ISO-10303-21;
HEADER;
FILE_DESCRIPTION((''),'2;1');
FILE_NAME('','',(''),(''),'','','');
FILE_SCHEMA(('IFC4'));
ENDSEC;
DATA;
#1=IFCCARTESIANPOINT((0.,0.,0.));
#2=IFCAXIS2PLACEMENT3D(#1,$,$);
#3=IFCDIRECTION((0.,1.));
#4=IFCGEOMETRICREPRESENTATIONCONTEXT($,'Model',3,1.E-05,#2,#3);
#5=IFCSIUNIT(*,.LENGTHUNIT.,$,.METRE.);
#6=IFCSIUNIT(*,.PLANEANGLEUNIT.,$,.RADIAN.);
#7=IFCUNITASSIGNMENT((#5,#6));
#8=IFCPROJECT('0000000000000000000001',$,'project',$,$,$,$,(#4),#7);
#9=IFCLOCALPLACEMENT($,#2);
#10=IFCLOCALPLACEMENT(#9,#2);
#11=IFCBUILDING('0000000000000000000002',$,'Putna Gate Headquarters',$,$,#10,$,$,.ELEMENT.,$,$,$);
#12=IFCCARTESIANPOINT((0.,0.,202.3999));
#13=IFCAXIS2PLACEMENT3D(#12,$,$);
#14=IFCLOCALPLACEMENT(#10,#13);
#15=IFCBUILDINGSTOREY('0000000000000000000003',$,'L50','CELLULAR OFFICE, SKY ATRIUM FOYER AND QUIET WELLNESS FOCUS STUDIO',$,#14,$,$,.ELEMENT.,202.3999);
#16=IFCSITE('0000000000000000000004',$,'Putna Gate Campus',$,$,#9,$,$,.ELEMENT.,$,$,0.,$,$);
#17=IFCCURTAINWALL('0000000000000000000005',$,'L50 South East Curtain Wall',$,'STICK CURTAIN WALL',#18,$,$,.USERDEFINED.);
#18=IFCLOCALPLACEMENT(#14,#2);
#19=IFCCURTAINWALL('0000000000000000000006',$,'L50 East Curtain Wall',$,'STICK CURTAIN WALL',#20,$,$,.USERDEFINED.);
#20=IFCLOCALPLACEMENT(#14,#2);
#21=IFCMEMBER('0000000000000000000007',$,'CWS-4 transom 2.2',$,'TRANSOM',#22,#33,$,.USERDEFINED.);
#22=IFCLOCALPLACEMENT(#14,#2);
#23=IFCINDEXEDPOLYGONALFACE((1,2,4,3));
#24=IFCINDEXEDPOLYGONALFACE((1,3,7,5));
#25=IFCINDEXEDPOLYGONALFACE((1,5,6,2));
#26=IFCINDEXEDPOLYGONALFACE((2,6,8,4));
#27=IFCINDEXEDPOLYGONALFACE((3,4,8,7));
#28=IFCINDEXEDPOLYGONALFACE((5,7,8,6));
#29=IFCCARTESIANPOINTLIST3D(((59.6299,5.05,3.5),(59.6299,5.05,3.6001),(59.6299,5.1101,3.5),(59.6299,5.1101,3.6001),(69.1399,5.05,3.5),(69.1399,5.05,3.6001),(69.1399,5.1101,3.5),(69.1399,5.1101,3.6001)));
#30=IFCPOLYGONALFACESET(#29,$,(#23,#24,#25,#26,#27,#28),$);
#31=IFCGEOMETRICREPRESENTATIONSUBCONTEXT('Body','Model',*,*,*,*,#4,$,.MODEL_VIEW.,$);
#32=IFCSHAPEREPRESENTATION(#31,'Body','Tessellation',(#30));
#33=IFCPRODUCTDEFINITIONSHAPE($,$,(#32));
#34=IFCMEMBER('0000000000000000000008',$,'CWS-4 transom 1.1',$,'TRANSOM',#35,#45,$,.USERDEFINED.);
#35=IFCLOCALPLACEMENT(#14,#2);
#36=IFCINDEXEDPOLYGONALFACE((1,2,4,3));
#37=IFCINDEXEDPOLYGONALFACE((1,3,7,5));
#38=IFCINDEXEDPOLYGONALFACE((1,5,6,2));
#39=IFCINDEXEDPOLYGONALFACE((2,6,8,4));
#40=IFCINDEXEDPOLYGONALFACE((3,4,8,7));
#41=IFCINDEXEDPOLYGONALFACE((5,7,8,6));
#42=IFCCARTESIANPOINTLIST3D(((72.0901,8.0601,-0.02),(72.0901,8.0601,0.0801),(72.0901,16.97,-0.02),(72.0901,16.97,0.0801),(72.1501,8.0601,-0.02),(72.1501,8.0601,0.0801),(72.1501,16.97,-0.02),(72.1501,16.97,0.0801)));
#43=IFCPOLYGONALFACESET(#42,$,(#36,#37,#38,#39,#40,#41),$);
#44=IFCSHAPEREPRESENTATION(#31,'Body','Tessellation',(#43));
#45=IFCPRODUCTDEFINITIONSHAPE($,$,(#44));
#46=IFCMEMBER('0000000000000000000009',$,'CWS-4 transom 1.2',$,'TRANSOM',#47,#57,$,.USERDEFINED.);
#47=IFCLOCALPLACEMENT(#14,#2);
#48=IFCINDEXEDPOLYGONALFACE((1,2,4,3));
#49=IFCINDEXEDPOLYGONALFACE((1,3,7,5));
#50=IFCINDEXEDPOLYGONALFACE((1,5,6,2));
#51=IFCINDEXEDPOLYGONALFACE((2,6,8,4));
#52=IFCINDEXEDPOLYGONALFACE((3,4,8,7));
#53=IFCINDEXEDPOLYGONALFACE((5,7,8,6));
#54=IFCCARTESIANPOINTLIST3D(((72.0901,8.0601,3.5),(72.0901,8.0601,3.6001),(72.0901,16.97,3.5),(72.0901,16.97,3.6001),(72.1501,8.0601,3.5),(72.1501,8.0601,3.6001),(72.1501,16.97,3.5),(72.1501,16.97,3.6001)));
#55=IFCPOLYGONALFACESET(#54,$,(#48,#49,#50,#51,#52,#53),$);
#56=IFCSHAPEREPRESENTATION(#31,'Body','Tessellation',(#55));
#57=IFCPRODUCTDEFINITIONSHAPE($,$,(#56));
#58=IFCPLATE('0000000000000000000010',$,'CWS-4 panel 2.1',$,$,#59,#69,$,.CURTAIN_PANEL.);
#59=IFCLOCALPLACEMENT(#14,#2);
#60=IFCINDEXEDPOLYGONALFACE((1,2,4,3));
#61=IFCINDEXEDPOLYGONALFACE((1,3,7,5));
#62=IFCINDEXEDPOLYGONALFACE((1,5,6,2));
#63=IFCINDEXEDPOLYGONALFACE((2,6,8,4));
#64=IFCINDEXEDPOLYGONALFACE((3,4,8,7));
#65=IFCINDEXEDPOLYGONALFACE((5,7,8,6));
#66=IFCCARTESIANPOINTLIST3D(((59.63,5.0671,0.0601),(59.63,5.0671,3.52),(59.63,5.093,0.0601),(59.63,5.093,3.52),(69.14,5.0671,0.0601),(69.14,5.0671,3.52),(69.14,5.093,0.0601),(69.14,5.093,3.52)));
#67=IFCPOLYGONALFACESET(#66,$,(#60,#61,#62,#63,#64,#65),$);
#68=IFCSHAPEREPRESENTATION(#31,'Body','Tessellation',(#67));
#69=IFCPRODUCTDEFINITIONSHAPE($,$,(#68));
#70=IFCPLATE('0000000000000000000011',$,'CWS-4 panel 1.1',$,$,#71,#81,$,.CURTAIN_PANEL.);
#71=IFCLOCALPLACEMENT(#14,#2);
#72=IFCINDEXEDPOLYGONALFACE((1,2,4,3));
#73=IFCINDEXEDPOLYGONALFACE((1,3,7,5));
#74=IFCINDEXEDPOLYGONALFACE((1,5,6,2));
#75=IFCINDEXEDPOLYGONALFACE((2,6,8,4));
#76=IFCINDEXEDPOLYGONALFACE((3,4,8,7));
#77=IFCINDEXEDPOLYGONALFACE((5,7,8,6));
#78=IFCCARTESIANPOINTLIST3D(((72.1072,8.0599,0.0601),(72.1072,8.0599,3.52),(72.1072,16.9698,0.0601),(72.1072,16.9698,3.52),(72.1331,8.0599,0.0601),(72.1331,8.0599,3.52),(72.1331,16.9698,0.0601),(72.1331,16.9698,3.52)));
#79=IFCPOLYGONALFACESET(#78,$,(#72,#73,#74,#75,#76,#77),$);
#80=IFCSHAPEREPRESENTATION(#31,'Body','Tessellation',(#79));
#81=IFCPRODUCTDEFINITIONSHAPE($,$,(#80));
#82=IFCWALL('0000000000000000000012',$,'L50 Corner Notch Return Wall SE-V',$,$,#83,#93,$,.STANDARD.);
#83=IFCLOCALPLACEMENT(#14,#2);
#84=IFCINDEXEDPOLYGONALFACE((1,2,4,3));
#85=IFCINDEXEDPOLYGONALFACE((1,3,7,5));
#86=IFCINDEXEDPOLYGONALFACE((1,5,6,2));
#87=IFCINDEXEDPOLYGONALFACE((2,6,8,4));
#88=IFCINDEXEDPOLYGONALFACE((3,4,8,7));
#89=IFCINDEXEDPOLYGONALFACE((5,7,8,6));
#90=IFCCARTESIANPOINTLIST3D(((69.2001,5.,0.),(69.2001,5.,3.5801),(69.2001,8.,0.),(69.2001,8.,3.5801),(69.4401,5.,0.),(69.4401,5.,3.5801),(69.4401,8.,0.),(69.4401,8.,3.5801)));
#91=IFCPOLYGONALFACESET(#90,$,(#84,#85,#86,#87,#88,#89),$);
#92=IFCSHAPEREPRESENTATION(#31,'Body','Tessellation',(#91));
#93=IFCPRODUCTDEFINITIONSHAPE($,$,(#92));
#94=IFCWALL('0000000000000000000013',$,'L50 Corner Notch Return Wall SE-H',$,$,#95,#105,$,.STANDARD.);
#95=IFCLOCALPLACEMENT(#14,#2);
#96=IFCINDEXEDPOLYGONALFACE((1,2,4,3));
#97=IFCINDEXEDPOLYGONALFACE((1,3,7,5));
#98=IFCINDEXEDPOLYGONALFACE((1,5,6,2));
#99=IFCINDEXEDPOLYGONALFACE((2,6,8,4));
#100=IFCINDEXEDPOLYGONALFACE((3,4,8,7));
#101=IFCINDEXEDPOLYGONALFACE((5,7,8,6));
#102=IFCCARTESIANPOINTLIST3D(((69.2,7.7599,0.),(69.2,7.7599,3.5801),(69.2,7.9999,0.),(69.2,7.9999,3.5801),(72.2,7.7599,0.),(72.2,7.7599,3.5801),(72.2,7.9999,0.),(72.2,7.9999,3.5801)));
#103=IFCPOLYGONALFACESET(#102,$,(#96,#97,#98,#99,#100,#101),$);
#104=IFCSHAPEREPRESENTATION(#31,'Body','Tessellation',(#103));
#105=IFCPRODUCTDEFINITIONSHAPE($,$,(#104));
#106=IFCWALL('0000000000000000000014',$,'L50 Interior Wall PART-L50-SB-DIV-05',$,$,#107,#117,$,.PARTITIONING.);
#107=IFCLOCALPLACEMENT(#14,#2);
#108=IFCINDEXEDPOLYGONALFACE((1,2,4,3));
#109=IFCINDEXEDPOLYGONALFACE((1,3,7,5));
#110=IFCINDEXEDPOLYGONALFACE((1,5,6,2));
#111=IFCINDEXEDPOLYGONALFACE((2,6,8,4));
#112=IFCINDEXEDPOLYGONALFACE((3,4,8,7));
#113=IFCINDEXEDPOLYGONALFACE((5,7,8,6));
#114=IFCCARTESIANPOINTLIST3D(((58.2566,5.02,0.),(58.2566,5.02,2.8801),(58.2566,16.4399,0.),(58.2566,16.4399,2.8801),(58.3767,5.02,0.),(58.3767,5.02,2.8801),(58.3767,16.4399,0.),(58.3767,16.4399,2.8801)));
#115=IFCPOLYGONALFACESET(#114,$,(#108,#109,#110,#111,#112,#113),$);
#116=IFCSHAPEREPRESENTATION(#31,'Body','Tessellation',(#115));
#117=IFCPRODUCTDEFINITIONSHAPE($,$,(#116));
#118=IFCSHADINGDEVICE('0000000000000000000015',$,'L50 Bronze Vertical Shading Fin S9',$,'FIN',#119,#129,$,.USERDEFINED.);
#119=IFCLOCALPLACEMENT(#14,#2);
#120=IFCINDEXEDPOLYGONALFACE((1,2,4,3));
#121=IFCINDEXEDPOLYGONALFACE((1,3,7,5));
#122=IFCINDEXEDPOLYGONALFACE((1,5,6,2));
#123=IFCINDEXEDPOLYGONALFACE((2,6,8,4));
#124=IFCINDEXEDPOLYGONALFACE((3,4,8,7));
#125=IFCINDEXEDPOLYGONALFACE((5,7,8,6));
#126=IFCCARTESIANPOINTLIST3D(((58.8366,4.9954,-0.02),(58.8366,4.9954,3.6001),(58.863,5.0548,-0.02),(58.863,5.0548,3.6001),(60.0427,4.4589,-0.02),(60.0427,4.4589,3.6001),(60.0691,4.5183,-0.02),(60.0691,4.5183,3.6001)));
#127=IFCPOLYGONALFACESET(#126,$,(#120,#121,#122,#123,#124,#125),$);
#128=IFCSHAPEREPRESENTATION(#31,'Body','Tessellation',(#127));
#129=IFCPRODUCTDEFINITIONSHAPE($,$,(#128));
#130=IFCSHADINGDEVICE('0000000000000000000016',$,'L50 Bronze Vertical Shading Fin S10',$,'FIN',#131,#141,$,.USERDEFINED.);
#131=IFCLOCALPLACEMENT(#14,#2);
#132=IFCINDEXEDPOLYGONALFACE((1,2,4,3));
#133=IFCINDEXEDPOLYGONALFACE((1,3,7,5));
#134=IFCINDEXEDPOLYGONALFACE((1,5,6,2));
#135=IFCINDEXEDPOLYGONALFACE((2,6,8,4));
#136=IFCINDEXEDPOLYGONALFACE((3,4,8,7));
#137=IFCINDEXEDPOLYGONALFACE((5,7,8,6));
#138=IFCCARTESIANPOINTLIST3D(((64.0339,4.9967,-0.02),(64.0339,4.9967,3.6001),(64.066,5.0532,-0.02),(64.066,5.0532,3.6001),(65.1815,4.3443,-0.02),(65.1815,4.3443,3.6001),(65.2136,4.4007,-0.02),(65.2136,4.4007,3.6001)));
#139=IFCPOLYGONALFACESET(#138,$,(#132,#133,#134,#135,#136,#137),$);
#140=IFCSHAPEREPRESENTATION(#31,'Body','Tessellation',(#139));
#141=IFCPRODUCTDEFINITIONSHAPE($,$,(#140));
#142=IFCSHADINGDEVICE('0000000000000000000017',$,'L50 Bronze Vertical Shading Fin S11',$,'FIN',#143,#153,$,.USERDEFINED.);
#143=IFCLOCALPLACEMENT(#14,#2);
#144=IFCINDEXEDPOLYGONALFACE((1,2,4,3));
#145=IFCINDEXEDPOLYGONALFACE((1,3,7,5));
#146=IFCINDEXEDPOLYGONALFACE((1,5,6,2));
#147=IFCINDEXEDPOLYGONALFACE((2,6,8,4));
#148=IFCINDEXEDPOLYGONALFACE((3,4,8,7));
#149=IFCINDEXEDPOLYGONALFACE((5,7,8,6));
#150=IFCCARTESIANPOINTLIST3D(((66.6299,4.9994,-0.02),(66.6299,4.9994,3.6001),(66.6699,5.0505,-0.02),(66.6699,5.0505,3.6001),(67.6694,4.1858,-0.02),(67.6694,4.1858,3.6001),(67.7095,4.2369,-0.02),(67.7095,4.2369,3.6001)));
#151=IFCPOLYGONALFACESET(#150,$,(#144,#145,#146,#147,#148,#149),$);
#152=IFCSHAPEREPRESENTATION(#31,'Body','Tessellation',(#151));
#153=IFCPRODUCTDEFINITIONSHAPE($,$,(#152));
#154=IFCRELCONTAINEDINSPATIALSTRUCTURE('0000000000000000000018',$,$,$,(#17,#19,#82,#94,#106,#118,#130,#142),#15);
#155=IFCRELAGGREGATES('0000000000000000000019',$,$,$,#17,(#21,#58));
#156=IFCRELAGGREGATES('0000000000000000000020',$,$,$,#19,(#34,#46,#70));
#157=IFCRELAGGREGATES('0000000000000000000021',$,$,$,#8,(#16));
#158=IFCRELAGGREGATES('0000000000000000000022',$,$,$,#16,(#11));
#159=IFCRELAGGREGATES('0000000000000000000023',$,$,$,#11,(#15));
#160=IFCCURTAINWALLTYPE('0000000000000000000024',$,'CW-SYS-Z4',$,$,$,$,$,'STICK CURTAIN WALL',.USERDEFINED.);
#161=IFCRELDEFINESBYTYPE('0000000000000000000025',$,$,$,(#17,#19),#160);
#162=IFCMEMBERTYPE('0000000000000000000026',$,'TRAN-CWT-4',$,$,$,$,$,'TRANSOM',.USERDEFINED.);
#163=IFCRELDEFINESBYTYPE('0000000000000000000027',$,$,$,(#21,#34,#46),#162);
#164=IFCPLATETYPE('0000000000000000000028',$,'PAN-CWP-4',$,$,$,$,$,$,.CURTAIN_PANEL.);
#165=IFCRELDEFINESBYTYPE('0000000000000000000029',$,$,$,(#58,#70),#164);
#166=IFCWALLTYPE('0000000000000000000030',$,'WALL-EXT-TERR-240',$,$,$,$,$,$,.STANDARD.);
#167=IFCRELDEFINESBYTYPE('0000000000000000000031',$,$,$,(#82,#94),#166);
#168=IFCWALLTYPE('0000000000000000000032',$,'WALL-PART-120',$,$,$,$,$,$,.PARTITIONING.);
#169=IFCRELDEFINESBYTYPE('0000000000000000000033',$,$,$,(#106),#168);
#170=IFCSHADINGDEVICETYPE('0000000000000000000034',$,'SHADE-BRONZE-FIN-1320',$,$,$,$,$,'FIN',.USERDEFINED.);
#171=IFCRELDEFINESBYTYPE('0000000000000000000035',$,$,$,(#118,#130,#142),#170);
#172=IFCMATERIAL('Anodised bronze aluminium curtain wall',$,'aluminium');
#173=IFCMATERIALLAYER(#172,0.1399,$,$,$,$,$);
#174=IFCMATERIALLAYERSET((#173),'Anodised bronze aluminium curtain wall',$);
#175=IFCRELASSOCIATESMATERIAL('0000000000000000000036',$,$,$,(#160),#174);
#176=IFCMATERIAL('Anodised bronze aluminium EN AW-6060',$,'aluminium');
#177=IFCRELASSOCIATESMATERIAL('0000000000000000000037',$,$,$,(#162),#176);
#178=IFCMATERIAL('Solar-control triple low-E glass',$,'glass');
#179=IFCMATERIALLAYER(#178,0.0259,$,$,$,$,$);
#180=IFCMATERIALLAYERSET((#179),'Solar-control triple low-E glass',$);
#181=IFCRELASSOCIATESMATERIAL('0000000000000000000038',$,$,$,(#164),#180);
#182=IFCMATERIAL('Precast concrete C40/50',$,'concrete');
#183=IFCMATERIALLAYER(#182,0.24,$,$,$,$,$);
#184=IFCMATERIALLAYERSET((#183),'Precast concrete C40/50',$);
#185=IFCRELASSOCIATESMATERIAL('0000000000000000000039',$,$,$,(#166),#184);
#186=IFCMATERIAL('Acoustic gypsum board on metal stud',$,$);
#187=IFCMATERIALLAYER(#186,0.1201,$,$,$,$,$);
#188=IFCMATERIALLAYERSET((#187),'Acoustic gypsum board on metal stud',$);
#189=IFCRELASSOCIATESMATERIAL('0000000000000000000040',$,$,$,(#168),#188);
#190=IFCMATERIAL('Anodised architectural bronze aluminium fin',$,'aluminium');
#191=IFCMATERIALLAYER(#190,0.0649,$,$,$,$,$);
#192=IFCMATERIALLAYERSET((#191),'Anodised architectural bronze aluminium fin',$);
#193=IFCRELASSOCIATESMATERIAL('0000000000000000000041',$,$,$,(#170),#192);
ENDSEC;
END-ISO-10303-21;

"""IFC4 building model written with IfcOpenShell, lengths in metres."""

from ifc_helpers import new_model, si_unit, direction, frame, frame_2d, origin, origin_2d, place, context, subcontext, project, spatial, rectangle, extrude, material, layer, layer_set, material_profile, profile_set, type_object, element, aggregate, save


model = new_model("IFC4")

# Units and contexts
model_context = context("Model", 3, precision=1e-05, world=origin(), true_north=direction((0.0, 1.0)))
body_context = subcontext(model_context, "Body", "Model", "MODEL_VIEW")
ifc_project = project(units=[si_unit("LENGTHUNIT", "METRE"), si_unit("PLANEANGLEUNIT", "RADIAN")], contexts=[model_context])

# Site, building, storey
site_placement = place(None, origin())
site = spatial("IfcSite", under=ifc_project, at=site_placement, Name="Putna Gate Campus", CompositionType="ELEMENT", RefElevation=0.0)
building_placement = place(site_placement, origin())
building = spatial("IfcBuilding", under=site, at=building_placement, Name="Putna Gate Headquarters", CompositionType="ELEMENT")
storey_placement = place(building_placement, frame((0.0, 0.0, 202.3999)))
storey = spatial("IfcBuildingStorey", under=building, at=storey_placement, Name="L50", Description="CELLULAR OFFICE, SKY ATRIUM FOYER AND QUIET WELLNESS FOCUS STUDIO", CompositionType="ELEMENT", Elevation=202.3999)

# Curtain wall
ifc_material_1 = material(Name="Anodised bronze aluminium curtain wall", Category="aluminium")
ifc_layer_1 = layer(ifc_material_1, 0.1399)
ifc_layer_set_1 = layer_set([ifc_layer_1], Name="Anodised bronze aluminium curtain wall")
curtain_wall_type = type_object("IfcCurtainWallType", Name="CW-SYS-Z4", ElementType="STICK CURTAIN WALL", PredefinedType="USERDEFINED", material=ifc_layer_set_1)
curtain_wall_1_placement = place(storey_placement, origin())
curtain_wall_1 = element("IfcCurtainWall", 1, at=curtain_wall_1_placement, inside=storey, type_object=curtain_wall_type, Name="L50 South East Curtain Wall", ObjectType="STICK CURTAIN WALL", PredefinedType="USERDEFINED")
ifc_material_2 = material(Name="Anodised bronze aluminium EN AW-6060", Category="aluminium")

# Curtain wall
curtain_wall_2_placement = place(storey_placement, origin())
curtain_wall_2 = element("IfcCurtainWall", 2, at=curtain_wall_2_placement, inside=storey, type_object=curtain_wall_type, Name="L50 East Curtain Wall", ObjectType="STICK CURTAIN WALL", PredefinedType="USERDEFINED")

# Members
ifc_material_profile_1 = material_profile(ifc_material_2, rectangle(XDim=0.0601, YDim=0.1001, at=origin_2d()), Name="Anodised bronze aluminium EN AW-6060")
ifc_profile_set_1 = profile_set([ifc_material_profile_1], Name="Anodised bronze aluminium EN AW-6060")
member_type_1 = type_object("IfcMemberType", Name="TRAN-CWT-4", ElementType="TRANSOM", PredefinedType="USERDEFINED", material=ifc_profile_set_1)
member_1_placement = place(storey_placement, frame((59.6299, 5.0801, 3.55), z_axis=(1.0, 0.0, 0.0), x_axis=(0.0, 1.0, 0.0)))
member_1 = element("IfcMember", 3, at=member_1_placement, type_object=member_type_1, Name="CWS-4 transom 2.2", ObjectType="TRANSOM", PredefinedType="USERDEFINED", context=body_context, shape_type="SweptSolid", body=[
    extrude(rectangle(XDim=0.0601, YDim=0.1001, at=origin_2d()), origin(), (0.0, 0.0, 1.0), 9.51),
])
member_2_placement = place(storey_placement, frame((72.1201, 8.0601, 0.03), z_axis=(0.0, 1.0, 0.0), x_axis=(-1.0, 0.0, 0.0)))
member_2 = element("IfcMember", 4, at=member_2_placement, type_object=member_type_1, Name="CWS-4 transom 1.1", ObjectType="TRANSOM", PredefinedType="USERDEFINED", context=body_context, shape_type="SweptSolid", body=[
    extrude(rectangle(XDim=0.0601, YDim=0.1001, at=origin_2d()), origin(), (0.0, 0.0, 1.0), 8.9099),
])
member_3_placement = place(storey_placement, frame((72.1201, 8.0601, 3.55), z_axis=(0.0, 1.0, 0.0), x_axis=(-1.0, 0.0, 0.0)))
member_3 = element("IfcMember", 5, at=member_3_placement, type_object=member_type_1, Name="CWS-4 transom 1.2", ObjectType="TRANSOM", PredefinedType="USERDEFINED", context=body_context, shape_type="SweptSolid", body=[
    extrude(rectangle(XDim=0.0601, YDim=0.1001, at=origin_2d()), origin(), (0.0, 0.0, 1.0), 8.9099),
])

# Plates
ifc_material_3 = material(Name="Solar-control triple low-E glass", Category="glass")
ifc_layer_2 = layer(ifc_material_3, 0.0259)
ifc_layer_set_2 = layer_set([ifc_layer_2], Name="Solar-control triple low-E glass")
plate_type = type_object("IfcPlateType", Name="PAN-CWP-4", PredefinedType="CURTAIN_PANEL", material=ifc_layer_set_2)
plate_1_placement = place(storey_placement, frame((64.385, 5.0801, 0.0601), z_axis=(0.0, 0.0, 1.0), x_axis=(1.0, 0.0, 0.0)))
plate_1 = element("IfcPlate", 6, at=plate_1_placement, type_object=plate_type, Name="CWS-4 panel 2.1", PredefinedType="CURTAIN_PANEL", context=body_context, shape_type="SweptSolid", body=[
    extrude(rectangle(XDim=9.51, YDim=0.0259, at=origin_2d()), origin(), (0.0, 0.0, 1.0), 3.46),
])
aggregate(curtain_wall_1, [member_1, plate_1])
plate_2_placement = place(storey_placement, frame((72.1201, 12.5149, 0.0601), z_axis=(0.0, 0.0, 1.0), x_axis=(0.0, 1.0, 0.0)))
plate_2 = element("IfcPlate", 7, at=plate_2_placement, type_object=plate_type, Name="CWS-4 panel 1.1", PredefinedType="CURTAIN_PANEL", context=body_context, shape_type="SweptSolid", body=[
    extrude(rectangle(XDim=8.9099, YDim=0.0259, at=origin_2d()), origin(), (0.0, 0.0, 1.0), 3.46),
])
aggregate(curtain_wall_2, [member_2, member_3, plate_2])

# Walls
ifc_material_4 = material(Name="Precast concrete C40/50", Category="concrete")
ifc_layer_3 = layer(ifc_material_4, 0.24)
ifc_layer_set_3 = layer_set([ifc_layer_3], Name="Precast concrete C40/50")
wall_type_1 = type_object("IfcWallType", Name="WALL-EXT-TERR-240", PredefinedType="STANDARD", material=ifc_layer_set_3)
for number, where, z_axis, x_axis, name in (
    (8, (69.3201, 8.0, 0.0), (0.0, 0.0, 1.0), (0.0, -1.0, 0.0), "L50 Corner Notch Return Wall SE-V"),
    (9, (72.2, 7.8799, 0.0), (0.0, 0.0, 1.0), (-1.0, 0.0, 0.0), "L50 Corner Notch Return Wall SE-H"),
):
    element("IfcWall", number, at=place(storey_placement, frame(where, z_axis=z_axis, x_axis=x_axis)), inside=storey, type_object=wall_type_1, Name=name, PredefinedType="STANDARD", context=body_context, shape_type="SweptSolid", body=[
        extrude(rectangle(XDim=3.0, YDim=0.24, at=frame_2d((1.5, 0.0))), origin(), (0.0, 0.0, 1.0), 3.5801),
    ])
ifc_material_5 = material(Name="Acoustic gypsum board on metal stud")
ifc_layer_4 = layer(ifc_material_5, 0.1201)
ifc_layer_set_4 = layer_set([ifc_layer_4], Name="Acoustic gypsum board on metal stud")
wall_type_2 = type_object("IfcWallType", Name="WALL-PART-120", PredefinedType="PARTITIONING", material=ifc_layer_set_4)
wall_placement = place(storey_placement, frame((58.3167, 5.02, 0.0), z_axis=(0.0, 0.0, 1.0), x_axis=(0.0, 1.0, 0.0)))
element("IfcWall", 10, at=wall_placement, inside=storey, type_object=wall_type_2, Name="L50 Interior Wall PART-L50-SB-DIV-05", PredefinedType="PARTITIONING", context=body_context, shape_type="SweptSolid", body=[
    extrude(rectangle(XDim=11.4199, YDim=0.1201, at=frame_2d((5.71, 0.0))), origin(), (0.0, 0.0, 1.0), 2.8801),
])

# Shading devices
ifc_material_6 = material(Name="Anodised architectural bronze aluminium fin", Category="aluminium")
ifc_layer_5 = layer(ifc_material_6, 0.0649)
ifc_layer_set_5 = layer_set([ifc_layer_5], Name="Anodised architectural bronze aluminium fin")
shading_device_type = type_object("IfcShadingDeviceType", Name="SHADE-BRONZE-FIN-1320", ElementType="FIN", PredefinedType="USERDEFINED", material=ifc_layer_set_5)
for number, where, z_axis, x_axis, name in (
    (11, (59.4529, 4.7568, -0.02), (0.0, 0.0, 1.0), (0.913687, -0.406418, 0.0), "L50 Bronze Vertical Shading Fin S9"),
    (12, (64.6238, 4.6987, -0.02), (0.0, 0.0, 1.0), (0.869322, -0.494245, 0.0), "L50 Bronze Vertical Shading Fin S10"),
    (13, (67.1697, 4.6182, -0.02), (0.0, 0.0, 1.0), (0.787473, -0.616349, 0.0), "L50 Bronze Vertical Shading Fin S11"),
):
    element("IfcShadingDevice", number, at=place(storey_placement, frame(where, z_axis=z_axis, x_axis=x_axis)), inside=storey, type_object=shading_device_type, Name=name, ObjectType="FIN", PredefinedType="USERDEFINED", context=body_context, shape_type="SweptSolid", body=[
        extrude(rectangle(XDim=1.3201, YDim=0.0649, at=origin_2d()), origin(), (0.0, 0.0, 1.0), 3.6201),
    ])

save(model, "model.ifc")
